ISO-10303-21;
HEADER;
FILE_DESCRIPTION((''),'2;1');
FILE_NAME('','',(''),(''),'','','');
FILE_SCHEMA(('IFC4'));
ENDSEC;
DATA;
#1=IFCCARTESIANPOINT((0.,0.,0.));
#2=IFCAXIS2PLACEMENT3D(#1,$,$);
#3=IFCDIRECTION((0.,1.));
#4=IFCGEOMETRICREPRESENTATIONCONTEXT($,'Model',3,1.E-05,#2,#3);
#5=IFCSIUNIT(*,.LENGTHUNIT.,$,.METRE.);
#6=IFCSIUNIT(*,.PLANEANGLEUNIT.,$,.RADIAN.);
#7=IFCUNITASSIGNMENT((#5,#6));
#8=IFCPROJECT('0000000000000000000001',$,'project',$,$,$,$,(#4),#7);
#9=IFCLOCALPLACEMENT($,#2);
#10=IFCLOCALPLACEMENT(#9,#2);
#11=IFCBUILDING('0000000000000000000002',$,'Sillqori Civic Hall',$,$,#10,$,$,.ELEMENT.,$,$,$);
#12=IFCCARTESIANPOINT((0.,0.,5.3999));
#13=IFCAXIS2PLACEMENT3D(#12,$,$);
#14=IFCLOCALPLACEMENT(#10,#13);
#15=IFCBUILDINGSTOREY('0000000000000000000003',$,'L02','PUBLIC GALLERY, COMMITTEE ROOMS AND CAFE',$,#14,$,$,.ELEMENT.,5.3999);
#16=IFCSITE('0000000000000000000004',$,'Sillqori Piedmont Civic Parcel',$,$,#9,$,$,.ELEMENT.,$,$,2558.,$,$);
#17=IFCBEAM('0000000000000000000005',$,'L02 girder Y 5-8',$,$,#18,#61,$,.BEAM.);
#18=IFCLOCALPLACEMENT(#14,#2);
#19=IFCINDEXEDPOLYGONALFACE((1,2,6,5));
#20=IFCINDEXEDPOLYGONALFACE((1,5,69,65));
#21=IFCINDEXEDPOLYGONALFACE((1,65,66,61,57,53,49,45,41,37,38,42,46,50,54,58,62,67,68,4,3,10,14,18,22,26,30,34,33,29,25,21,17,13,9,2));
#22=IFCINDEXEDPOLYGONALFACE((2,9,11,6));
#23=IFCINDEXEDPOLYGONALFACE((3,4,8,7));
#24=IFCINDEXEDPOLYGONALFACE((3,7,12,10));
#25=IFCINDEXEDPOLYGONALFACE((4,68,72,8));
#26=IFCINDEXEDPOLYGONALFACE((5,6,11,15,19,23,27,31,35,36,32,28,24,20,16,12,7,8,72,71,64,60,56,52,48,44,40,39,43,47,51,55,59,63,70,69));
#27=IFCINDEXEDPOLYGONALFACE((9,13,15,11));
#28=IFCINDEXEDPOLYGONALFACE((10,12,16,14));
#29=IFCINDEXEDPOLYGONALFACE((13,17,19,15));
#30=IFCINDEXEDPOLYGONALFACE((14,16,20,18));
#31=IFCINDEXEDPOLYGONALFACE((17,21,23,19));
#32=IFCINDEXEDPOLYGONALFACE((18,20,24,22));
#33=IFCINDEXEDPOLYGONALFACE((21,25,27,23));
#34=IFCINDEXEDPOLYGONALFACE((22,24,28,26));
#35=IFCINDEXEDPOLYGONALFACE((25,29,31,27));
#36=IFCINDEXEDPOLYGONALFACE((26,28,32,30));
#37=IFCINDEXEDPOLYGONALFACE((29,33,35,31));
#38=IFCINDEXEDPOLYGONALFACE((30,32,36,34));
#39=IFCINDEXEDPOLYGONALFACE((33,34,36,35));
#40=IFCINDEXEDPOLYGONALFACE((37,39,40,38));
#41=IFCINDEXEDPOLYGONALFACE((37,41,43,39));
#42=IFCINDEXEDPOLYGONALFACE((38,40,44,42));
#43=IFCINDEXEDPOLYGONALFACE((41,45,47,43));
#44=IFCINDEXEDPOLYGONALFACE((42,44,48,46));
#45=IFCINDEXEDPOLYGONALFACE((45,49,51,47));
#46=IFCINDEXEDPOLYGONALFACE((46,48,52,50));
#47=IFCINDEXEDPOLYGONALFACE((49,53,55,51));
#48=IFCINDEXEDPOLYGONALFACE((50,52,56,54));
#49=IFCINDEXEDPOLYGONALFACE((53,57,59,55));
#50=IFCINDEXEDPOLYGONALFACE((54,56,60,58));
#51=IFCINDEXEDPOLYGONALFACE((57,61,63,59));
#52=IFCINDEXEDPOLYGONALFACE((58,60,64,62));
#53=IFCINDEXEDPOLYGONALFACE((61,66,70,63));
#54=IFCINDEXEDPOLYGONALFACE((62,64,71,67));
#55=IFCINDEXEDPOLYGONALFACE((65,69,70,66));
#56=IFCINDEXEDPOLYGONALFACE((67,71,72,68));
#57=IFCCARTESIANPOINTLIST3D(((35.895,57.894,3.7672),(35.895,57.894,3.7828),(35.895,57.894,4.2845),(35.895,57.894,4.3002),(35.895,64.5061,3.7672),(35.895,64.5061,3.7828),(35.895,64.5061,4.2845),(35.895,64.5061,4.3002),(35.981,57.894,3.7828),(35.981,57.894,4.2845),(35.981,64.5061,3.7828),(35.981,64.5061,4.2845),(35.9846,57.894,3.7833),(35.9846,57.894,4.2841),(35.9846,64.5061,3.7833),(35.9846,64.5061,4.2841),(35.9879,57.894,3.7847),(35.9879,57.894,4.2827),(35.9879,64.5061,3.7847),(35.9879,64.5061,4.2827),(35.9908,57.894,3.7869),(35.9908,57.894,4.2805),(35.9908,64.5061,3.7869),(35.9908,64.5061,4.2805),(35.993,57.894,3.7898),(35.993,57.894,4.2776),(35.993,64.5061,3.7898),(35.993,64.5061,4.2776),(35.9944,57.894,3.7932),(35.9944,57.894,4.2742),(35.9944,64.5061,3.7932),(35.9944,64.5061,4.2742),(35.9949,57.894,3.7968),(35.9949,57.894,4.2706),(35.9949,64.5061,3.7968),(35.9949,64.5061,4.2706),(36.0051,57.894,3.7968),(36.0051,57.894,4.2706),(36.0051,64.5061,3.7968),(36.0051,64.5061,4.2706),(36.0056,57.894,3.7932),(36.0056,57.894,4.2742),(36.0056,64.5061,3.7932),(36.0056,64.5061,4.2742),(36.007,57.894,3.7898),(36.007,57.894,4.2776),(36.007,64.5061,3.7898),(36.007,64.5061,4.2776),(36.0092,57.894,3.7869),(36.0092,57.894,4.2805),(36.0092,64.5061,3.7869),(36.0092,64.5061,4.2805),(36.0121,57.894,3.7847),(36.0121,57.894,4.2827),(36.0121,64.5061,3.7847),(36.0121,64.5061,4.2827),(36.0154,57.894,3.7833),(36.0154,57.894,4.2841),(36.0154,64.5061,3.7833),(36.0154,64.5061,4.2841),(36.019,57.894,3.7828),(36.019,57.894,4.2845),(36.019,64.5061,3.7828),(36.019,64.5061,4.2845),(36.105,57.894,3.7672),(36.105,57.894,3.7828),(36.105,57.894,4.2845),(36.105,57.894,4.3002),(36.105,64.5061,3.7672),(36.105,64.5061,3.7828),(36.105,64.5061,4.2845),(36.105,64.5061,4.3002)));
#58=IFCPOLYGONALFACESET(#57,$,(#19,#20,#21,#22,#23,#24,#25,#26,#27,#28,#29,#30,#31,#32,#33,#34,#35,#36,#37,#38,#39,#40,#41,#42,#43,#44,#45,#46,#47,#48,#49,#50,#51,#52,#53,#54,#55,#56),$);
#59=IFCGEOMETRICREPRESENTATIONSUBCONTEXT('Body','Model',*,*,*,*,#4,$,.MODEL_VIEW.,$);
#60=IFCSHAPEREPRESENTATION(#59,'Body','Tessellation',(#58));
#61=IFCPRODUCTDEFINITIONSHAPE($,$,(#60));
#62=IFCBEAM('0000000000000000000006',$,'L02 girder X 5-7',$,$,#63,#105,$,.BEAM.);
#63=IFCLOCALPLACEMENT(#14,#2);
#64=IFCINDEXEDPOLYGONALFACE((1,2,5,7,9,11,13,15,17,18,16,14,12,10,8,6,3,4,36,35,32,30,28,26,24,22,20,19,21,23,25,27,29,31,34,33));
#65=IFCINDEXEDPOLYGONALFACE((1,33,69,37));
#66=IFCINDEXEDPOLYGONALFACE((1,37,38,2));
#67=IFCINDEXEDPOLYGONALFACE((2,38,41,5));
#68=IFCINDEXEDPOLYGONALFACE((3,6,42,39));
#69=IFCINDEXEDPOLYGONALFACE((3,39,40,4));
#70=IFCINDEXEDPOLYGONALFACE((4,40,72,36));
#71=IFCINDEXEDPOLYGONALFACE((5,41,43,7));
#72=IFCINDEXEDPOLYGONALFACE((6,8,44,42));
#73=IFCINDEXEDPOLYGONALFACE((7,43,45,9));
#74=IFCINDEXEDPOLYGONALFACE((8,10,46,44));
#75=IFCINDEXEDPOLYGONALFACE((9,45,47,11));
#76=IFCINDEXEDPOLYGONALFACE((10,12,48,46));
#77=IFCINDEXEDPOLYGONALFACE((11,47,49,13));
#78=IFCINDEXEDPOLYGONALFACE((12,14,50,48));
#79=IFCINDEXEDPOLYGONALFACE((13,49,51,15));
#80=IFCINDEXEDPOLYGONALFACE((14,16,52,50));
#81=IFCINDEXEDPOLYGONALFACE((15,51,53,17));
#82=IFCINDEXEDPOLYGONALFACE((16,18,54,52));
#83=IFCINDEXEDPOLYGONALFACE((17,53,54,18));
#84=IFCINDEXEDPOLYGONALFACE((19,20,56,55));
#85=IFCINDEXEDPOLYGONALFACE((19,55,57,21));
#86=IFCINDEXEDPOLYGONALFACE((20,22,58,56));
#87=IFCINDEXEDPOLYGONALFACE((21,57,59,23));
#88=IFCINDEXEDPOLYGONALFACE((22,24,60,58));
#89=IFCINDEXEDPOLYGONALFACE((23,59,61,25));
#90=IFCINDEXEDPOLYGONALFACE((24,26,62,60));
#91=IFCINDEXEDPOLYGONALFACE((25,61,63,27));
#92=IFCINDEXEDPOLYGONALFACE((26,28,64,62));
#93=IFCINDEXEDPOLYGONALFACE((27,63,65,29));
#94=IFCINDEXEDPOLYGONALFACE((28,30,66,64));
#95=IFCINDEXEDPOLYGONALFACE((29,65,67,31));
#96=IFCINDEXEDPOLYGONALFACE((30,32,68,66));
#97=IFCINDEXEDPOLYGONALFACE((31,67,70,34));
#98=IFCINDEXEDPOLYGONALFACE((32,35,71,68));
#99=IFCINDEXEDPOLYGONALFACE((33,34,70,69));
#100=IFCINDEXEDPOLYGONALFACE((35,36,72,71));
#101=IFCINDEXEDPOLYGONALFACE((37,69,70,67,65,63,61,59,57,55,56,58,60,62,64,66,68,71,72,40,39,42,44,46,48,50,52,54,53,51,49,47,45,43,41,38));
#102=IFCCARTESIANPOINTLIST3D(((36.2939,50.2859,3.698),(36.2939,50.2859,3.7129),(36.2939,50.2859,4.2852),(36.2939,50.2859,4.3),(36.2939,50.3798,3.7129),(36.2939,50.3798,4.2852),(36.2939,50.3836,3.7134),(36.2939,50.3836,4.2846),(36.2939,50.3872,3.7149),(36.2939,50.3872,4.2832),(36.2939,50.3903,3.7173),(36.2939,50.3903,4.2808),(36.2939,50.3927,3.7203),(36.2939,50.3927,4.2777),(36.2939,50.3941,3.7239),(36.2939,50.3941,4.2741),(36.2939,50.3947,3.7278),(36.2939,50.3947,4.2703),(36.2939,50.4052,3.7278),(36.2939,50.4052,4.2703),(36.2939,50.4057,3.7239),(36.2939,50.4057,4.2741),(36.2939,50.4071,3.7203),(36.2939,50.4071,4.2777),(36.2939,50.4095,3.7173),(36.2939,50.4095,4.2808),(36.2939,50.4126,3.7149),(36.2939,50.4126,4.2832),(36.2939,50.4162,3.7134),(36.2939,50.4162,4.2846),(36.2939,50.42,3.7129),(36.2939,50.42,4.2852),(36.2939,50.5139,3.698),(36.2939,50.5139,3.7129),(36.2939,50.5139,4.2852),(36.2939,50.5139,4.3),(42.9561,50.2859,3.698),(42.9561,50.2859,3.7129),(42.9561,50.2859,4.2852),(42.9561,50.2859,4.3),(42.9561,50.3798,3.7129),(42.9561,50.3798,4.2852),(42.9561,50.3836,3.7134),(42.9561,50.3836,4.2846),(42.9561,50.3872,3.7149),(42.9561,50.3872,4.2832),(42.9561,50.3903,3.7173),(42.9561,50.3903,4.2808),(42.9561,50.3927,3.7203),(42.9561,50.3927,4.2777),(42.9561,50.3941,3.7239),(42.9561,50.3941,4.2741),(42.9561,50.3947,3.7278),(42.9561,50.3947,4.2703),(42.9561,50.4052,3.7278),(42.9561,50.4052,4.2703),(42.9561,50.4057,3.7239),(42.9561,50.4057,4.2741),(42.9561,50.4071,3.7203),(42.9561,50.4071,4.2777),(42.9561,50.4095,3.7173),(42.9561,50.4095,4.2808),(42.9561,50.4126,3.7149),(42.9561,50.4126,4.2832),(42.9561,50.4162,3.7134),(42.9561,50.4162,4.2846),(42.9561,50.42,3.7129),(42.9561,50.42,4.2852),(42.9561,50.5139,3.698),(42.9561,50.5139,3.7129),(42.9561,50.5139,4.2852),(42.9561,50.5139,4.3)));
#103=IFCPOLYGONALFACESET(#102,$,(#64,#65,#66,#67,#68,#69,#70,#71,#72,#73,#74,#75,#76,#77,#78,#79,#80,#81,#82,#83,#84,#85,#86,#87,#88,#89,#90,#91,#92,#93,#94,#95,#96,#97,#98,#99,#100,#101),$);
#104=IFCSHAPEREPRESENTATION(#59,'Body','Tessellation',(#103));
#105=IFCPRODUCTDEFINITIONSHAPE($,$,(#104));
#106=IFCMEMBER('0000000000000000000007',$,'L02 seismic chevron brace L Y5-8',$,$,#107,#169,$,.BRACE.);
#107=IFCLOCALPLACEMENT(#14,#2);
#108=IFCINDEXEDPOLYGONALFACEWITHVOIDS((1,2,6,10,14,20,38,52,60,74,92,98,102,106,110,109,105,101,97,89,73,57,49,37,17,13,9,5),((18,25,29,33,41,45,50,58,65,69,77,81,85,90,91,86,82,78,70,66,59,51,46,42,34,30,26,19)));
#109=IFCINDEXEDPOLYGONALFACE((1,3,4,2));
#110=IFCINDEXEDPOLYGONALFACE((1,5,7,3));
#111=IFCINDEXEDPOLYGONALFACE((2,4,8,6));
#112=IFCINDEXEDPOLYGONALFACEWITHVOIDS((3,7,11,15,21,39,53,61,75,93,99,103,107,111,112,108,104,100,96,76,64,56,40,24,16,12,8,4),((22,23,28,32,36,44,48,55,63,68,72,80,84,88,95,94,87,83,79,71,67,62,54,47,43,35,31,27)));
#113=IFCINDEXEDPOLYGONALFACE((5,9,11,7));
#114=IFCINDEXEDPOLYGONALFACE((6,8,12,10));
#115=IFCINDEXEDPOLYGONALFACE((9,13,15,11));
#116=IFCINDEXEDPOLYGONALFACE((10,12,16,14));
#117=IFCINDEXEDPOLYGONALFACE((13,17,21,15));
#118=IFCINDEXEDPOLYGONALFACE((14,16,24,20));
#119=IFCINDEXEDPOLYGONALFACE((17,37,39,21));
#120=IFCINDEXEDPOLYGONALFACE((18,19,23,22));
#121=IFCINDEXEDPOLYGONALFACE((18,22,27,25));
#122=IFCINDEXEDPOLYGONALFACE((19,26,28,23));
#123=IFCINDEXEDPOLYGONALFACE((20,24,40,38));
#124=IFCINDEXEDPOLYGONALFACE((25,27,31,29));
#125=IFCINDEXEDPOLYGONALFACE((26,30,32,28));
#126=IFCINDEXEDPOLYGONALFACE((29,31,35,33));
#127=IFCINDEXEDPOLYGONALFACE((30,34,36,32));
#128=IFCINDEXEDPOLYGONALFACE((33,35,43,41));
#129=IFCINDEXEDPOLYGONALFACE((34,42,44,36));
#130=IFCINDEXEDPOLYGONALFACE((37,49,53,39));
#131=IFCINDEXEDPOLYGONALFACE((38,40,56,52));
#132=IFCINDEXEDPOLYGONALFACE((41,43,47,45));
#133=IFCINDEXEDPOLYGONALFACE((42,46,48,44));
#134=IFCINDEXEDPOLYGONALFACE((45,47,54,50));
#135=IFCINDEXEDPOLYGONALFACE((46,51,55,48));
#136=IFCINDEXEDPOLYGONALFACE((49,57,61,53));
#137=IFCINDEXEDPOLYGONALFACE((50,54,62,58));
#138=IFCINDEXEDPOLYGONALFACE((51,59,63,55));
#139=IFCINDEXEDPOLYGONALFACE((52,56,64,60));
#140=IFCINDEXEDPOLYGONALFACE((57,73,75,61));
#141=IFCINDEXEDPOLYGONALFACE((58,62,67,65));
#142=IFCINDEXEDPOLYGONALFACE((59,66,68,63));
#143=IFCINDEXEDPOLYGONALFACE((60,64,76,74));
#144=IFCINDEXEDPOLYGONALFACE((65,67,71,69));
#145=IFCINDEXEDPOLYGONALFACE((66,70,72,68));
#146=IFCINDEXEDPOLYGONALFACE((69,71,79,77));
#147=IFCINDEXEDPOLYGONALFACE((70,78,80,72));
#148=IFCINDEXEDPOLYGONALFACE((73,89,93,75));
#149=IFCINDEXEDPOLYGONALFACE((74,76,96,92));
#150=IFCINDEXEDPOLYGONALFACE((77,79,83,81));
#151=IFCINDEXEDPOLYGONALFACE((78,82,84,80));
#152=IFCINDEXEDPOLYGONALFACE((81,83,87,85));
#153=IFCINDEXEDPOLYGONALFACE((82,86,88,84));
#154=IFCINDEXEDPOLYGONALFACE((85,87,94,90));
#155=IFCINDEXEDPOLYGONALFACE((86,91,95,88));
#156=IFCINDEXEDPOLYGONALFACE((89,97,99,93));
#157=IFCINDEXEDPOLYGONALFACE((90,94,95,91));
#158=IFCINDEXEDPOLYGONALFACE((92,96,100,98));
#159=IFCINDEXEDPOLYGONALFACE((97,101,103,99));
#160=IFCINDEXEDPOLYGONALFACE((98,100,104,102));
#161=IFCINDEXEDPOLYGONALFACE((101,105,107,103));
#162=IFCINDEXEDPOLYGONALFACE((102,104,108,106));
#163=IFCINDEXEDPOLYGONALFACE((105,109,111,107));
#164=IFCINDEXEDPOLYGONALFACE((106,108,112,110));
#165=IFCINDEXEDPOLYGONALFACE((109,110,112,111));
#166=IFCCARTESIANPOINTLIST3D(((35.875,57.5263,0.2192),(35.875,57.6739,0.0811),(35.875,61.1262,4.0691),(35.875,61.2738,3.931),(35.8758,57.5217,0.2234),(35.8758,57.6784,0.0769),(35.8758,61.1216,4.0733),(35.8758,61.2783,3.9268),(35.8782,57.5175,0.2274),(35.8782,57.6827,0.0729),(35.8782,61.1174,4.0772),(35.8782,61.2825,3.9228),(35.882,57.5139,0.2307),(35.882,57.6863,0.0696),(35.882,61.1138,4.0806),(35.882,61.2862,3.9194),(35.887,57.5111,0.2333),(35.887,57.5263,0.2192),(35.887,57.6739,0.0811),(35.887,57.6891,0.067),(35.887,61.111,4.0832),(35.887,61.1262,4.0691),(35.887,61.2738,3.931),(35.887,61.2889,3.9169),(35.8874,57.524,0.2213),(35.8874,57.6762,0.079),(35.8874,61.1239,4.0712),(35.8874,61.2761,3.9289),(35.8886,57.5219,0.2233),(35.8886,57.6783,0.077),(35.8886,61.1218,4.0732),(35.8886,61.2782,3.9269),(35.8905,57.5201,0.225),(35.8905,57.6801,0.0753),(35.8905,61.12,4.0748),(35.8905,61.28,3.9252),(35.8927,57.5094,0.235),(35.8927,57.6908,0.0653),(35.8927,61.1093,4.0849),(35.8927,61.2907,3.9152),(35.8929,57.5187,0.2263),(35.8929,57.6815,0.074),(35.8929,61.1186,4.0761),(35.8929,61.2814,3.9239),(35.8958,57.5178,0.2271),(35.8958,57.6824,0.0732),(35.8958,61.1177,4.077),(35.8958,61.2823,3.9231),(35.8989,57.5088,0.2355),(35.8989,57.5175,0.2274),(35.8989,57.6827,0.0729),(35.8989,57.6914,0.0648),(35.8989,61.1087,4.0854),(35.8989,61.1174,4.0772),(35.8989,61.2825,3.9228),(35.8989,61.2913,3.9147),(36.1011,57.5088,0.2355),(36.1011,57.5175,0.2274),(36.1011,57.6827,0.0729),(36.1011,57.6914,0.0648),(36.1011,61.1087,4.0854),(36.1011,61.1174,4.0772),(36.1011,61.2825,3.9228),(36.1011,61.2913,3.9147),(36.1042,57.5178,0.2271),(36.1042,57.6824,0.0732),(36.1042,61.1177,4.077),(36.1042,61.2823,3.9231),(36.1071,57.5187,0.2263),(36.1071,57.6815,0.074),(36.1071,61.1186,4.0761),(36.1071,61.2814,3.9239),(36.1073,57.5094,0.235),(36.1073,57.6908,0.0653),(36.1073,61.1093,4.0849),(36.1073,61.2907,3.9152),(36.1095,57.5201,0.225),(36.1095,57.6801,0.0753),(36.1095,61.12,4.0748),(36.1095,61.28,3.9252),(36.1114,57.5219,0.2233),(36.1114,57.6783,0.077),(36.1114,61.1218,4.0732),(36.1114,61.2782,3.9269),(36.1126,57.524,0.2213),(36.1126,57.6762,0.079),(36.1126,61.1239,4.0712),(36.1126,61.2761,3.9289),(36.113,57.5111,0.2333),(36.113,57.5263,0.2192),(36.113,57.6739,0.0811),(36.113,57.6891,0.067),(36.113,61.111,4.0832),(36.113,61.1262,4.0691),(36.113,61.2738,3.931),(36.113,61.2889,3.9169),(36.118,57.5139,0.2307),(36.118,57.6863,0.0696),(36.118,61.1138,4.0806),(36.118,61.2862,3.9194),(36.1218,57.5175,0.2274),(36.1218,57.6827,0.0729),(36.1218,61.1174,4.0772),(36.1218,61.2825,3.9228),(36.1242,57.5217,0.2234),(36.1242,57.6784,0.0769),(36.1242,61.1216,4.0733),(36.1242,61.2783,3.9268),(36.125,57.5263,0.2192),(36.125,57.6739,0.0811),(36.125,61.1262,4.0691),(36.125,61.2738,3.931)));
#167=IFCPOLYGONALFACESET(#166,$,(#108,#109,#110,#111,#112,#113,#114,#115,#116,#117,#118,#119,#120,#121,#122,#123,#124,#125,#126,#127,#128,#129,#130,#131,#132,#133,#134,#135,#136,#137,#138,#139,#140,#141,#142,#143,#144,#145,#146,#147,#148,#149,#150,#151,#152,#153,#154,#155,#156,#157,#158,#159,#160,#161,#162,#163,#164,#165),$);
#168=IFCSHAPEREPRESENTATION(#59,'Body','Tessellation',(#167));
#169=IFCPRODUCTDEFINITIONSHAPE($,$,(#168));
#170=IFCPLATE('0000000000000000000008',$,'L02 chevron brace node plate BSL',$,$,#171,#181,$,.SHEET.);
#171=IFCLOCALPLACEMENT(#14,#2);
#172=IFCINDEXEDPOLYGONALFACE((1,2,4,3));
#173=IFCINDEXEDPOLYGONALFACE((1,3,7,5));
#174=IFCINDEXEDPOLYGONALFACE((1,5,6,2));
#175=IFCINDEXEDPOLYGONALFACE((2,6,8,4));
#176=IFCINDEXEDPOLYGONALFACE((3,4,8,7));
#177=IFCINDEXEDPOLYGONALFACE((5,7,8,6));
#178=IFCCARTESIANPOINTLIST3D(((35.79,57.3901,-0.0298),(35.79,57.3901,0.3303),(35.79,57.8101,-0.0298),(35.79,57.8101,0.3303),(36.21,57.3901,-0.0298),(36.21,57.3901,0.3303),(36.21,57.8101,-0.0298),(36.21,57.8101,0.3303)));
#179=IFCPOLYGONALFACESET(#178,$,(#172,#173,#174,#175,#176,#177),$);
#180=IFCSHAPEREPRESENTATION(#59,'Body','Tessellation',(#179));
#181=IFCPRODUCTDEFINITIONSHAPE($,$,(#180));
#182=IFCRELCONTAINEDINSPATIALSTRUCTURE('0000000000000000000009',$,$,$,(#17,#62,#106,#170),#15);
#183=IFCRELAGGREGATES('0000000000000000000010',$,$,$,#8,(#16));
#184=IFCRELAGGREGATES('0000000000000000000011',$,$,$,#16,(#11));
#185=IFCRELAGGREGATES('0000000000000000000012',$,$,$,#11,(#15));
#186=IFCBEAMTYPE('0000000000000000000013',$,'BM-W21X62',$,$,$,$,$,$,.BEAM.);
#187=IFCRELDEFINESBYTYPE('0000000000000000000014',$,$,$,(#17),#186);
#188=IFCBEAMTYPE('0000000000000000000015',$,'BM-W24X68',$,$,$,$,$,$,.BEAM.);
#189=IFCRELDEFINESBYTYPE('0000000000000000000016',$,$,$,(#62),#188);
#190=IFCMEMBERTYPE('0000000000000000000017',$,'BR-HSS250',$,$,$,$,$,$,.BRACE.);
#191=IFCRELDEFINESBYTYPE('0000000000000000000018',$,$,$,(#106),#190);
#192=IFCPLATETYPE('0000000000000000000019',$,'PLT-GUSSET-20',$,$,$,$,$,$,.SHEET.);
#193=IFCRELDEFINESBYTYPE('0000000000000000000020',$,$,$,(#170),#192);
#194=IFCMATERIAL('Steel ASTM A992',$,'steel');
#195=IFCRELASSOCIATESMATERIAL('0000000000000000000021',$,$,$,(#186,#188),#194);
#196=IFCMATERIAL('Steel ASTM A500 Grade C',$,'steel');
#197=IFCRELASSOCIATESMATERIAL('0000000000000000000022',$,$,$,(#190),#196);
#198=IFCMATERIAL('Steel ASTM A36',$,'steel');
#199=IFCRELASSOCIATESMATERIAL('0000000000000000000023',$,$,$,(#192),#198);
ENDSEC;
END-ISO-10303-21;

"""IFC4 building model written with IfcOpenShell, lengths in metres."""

from ifc_helpers import new_model, si_unit, direction, frame, origin, origin_2d, place, context, subcontext, project, spatial, rectangle, hollow_rectangle, i_section, extrude, material, material_profile, profile_set, type_object, element, save


model = new_model("IFC4")

# Units and contexts
model_context = context("Model", 3, precision=1e-05, world=origin(), true_north=direction((0.0, 1.0)))
body_context = subcontext(model_context, "Body", "Model", "MODEL_VIEW")
ifc_project = project(units=[si_unit("LENGTHUNIT", "METRE"), si_unit("PLANEANGLEUNIT", "RADIAN")], contexts=[model_context])

# Site, building, storey
site_placement = place(None, origin())
site = spatial("IfcSite", under=ifc_project, at=site_placement, Name="Sillqori Piedmont Civic Parcel", CompositionType="ELEMENT", RefElevation=2558.0)
building_placement = place(site_placement, origin())
building = spatial("IfcBuilding", under=site, at=building_placement, Name="Sillqori Civic Hall", CompositionType="ELEMENT")
storey_placement = place(building_placement, frame((0.0, 0.0, 5.3999)))
storey = spatial("IfcBuildingStorey", under=building, at=storey_placement, Name="L02", Description="PUBLIC GALLERY, COMMITTEE ROOMS AND CAFE", CompositionType="ELEMENT", Elevation=5.3999)

# Beams
ifc_material_1 = material(Name="Steel ASTM A992", Category="steel")
ifc_material_profile_1 = material_profile(ifc_material_1, i_section(OverallWidth=0.21, OverallDepth=0.533, WebThickness=0.0103, FlangeThickness=0.0156, FilletRadius=0.0139, at=origin_2d()), Name="W21X62")
ifc_profile_set_1 = profile_set([ifc_material_profile_1], Name="Steel ASTM A992")
beam_type_1 = type_object("IfcBeamType", Name="BM-W21X62", PredefinedType="BEAM", material=ifc_profile_set_1)
beam_1_placement = place(storey_placement, frame((36.0, 57.894, 4.0337), z_axis=(0.0, 1.0, 0.0), x_axis=(-1.0, 0.0, 0.0)))
element("IfcBeam", 1, at=beam_1_placement, inside=storey, type_object=beam_type_1, Name="L02 girder Y 5-8", PredefinedType="BEAM", context=body_context, shape_type="SweptSolid", body=[
    extrude(i_section(OverallWidth=0.21, OverallDepth=0.533, WebThickness=0.0103, FlangeThickness=0.0156, FilletRadius=0.0139, at=origin_2d()), origin(), (0.0, 0.0, 1.0), 6.6121),
])
ifc_material_profile_2 = material_profile(ifc_material_1, i_section(OverallWidth=0.228, OverallDepth=0.6021, WebThickness=0.0105, FlangeThickness=0.0149, FilletRadius=0.0149, at=origin_2d()), Name="W24X68")
ifc_profile_set_2 = profile_set([ifc_material_profile_2], Name="Steel ASTM A992")
beam_type_2 = type_object("IfcBeamType", Name="BM-W24X68", PredefinedType="BEAM", material=ifc_profile_set_2)
beam_2_placement = place(storey_placement, frame((36.2939, 50.3999, 3.999), z_axis=(1.0, 0.0, 0.0), x_axis=(0.0, 1.0, 0.0)))
element("IfcBeam", 2, at=beam_2_placement, inside=storey, type_object=beam_type_2, Name="L02 girder X 5-7", PredefinedType="BEAM", context=body_context, shape_type="SweptSolid", body=[
    extrude(i_section(OverallWidth=0.228, OverallDepth=0.6021, WebThickness=0.0105, FlangeThickness=0.0149, FilletRadius=0.0149, at=origin_2d()), origin(), (0.0, 0.0, 1.0), 6.6621),
])

# Member
ifc_material_2 = material(Name="Steel ASTM A500 Grade C", Category="steel")
ifc_material_profile_3 = material_profile(ifc_material_2, hollow_rectangle(XDim=0.25, YDim=0.25, WallThickness=0.012, InnerFilletRadius=0.012, OuterFilletRadius=0.0239, at=origin_2d()), Name="HSS250X250X12")
ifc_profile_set_3 = profile_set([ifc_material_profile_3], Name="Steel ASTM A500 Grade C")
member_type = type_object("IfcMemberType", Name="BR-HSS250", PredefinedType="BRACE", material=ifc_profile_set_3)
member_placement = place(storey_placement, frame((36.0, 57.6001, 0.1501), z_axis=(0.0, 0.682993, 0.730425), x_axis=(-1.0, 0.0, 0.0)))
element("IfcMember", 3, at=member_placement, inside=storey, type_object=member_type, Name="L02 seismic chevron brace L Y5-8", PredefinedType="BRACE", context=body_context, shape_type="SweptSolid", body=[
    extrude(hollow_rectangle(XDim=0.25, YDim=0.25, WallThickness=0.012, InnerFilletRadius=0.012, OuterFilletRadius=0.0239, at=origin_2d()), origin(), (0.0, 0.0, 1.0), 5.2708),
])

# Plate
ifc_material_3 = material(Name="Steel ASTM A36", Category="steel")
plate_type_1 = type_object("IfcPlateType", Name="PLT-GUSSET-20", PredefinedType="SHEET", material=ifc_material_3)
plate_1_placement = place(storey_placement, frame((36.0, 57.6001, -0.0298), z_axis=(0.0, 0.0, 1.0), x_axis=(1.0, 0.0, 0.0)))
element("IfcPlate", 4, at=plate_1_placement, inside=storey, type_object=plate_type_1, Name="L02 chevron brace node plate BSL", PredefinedType="SHEET", context=body_context, shape_type="SweptSolid", body=[
    extrude(rectangle(XDim=0.4199, YDim=0.4199, at=origin_2d()), origin(), (0.0, 0.0, 1.0), 0.3601),
])

save(model, "model.ifc")
